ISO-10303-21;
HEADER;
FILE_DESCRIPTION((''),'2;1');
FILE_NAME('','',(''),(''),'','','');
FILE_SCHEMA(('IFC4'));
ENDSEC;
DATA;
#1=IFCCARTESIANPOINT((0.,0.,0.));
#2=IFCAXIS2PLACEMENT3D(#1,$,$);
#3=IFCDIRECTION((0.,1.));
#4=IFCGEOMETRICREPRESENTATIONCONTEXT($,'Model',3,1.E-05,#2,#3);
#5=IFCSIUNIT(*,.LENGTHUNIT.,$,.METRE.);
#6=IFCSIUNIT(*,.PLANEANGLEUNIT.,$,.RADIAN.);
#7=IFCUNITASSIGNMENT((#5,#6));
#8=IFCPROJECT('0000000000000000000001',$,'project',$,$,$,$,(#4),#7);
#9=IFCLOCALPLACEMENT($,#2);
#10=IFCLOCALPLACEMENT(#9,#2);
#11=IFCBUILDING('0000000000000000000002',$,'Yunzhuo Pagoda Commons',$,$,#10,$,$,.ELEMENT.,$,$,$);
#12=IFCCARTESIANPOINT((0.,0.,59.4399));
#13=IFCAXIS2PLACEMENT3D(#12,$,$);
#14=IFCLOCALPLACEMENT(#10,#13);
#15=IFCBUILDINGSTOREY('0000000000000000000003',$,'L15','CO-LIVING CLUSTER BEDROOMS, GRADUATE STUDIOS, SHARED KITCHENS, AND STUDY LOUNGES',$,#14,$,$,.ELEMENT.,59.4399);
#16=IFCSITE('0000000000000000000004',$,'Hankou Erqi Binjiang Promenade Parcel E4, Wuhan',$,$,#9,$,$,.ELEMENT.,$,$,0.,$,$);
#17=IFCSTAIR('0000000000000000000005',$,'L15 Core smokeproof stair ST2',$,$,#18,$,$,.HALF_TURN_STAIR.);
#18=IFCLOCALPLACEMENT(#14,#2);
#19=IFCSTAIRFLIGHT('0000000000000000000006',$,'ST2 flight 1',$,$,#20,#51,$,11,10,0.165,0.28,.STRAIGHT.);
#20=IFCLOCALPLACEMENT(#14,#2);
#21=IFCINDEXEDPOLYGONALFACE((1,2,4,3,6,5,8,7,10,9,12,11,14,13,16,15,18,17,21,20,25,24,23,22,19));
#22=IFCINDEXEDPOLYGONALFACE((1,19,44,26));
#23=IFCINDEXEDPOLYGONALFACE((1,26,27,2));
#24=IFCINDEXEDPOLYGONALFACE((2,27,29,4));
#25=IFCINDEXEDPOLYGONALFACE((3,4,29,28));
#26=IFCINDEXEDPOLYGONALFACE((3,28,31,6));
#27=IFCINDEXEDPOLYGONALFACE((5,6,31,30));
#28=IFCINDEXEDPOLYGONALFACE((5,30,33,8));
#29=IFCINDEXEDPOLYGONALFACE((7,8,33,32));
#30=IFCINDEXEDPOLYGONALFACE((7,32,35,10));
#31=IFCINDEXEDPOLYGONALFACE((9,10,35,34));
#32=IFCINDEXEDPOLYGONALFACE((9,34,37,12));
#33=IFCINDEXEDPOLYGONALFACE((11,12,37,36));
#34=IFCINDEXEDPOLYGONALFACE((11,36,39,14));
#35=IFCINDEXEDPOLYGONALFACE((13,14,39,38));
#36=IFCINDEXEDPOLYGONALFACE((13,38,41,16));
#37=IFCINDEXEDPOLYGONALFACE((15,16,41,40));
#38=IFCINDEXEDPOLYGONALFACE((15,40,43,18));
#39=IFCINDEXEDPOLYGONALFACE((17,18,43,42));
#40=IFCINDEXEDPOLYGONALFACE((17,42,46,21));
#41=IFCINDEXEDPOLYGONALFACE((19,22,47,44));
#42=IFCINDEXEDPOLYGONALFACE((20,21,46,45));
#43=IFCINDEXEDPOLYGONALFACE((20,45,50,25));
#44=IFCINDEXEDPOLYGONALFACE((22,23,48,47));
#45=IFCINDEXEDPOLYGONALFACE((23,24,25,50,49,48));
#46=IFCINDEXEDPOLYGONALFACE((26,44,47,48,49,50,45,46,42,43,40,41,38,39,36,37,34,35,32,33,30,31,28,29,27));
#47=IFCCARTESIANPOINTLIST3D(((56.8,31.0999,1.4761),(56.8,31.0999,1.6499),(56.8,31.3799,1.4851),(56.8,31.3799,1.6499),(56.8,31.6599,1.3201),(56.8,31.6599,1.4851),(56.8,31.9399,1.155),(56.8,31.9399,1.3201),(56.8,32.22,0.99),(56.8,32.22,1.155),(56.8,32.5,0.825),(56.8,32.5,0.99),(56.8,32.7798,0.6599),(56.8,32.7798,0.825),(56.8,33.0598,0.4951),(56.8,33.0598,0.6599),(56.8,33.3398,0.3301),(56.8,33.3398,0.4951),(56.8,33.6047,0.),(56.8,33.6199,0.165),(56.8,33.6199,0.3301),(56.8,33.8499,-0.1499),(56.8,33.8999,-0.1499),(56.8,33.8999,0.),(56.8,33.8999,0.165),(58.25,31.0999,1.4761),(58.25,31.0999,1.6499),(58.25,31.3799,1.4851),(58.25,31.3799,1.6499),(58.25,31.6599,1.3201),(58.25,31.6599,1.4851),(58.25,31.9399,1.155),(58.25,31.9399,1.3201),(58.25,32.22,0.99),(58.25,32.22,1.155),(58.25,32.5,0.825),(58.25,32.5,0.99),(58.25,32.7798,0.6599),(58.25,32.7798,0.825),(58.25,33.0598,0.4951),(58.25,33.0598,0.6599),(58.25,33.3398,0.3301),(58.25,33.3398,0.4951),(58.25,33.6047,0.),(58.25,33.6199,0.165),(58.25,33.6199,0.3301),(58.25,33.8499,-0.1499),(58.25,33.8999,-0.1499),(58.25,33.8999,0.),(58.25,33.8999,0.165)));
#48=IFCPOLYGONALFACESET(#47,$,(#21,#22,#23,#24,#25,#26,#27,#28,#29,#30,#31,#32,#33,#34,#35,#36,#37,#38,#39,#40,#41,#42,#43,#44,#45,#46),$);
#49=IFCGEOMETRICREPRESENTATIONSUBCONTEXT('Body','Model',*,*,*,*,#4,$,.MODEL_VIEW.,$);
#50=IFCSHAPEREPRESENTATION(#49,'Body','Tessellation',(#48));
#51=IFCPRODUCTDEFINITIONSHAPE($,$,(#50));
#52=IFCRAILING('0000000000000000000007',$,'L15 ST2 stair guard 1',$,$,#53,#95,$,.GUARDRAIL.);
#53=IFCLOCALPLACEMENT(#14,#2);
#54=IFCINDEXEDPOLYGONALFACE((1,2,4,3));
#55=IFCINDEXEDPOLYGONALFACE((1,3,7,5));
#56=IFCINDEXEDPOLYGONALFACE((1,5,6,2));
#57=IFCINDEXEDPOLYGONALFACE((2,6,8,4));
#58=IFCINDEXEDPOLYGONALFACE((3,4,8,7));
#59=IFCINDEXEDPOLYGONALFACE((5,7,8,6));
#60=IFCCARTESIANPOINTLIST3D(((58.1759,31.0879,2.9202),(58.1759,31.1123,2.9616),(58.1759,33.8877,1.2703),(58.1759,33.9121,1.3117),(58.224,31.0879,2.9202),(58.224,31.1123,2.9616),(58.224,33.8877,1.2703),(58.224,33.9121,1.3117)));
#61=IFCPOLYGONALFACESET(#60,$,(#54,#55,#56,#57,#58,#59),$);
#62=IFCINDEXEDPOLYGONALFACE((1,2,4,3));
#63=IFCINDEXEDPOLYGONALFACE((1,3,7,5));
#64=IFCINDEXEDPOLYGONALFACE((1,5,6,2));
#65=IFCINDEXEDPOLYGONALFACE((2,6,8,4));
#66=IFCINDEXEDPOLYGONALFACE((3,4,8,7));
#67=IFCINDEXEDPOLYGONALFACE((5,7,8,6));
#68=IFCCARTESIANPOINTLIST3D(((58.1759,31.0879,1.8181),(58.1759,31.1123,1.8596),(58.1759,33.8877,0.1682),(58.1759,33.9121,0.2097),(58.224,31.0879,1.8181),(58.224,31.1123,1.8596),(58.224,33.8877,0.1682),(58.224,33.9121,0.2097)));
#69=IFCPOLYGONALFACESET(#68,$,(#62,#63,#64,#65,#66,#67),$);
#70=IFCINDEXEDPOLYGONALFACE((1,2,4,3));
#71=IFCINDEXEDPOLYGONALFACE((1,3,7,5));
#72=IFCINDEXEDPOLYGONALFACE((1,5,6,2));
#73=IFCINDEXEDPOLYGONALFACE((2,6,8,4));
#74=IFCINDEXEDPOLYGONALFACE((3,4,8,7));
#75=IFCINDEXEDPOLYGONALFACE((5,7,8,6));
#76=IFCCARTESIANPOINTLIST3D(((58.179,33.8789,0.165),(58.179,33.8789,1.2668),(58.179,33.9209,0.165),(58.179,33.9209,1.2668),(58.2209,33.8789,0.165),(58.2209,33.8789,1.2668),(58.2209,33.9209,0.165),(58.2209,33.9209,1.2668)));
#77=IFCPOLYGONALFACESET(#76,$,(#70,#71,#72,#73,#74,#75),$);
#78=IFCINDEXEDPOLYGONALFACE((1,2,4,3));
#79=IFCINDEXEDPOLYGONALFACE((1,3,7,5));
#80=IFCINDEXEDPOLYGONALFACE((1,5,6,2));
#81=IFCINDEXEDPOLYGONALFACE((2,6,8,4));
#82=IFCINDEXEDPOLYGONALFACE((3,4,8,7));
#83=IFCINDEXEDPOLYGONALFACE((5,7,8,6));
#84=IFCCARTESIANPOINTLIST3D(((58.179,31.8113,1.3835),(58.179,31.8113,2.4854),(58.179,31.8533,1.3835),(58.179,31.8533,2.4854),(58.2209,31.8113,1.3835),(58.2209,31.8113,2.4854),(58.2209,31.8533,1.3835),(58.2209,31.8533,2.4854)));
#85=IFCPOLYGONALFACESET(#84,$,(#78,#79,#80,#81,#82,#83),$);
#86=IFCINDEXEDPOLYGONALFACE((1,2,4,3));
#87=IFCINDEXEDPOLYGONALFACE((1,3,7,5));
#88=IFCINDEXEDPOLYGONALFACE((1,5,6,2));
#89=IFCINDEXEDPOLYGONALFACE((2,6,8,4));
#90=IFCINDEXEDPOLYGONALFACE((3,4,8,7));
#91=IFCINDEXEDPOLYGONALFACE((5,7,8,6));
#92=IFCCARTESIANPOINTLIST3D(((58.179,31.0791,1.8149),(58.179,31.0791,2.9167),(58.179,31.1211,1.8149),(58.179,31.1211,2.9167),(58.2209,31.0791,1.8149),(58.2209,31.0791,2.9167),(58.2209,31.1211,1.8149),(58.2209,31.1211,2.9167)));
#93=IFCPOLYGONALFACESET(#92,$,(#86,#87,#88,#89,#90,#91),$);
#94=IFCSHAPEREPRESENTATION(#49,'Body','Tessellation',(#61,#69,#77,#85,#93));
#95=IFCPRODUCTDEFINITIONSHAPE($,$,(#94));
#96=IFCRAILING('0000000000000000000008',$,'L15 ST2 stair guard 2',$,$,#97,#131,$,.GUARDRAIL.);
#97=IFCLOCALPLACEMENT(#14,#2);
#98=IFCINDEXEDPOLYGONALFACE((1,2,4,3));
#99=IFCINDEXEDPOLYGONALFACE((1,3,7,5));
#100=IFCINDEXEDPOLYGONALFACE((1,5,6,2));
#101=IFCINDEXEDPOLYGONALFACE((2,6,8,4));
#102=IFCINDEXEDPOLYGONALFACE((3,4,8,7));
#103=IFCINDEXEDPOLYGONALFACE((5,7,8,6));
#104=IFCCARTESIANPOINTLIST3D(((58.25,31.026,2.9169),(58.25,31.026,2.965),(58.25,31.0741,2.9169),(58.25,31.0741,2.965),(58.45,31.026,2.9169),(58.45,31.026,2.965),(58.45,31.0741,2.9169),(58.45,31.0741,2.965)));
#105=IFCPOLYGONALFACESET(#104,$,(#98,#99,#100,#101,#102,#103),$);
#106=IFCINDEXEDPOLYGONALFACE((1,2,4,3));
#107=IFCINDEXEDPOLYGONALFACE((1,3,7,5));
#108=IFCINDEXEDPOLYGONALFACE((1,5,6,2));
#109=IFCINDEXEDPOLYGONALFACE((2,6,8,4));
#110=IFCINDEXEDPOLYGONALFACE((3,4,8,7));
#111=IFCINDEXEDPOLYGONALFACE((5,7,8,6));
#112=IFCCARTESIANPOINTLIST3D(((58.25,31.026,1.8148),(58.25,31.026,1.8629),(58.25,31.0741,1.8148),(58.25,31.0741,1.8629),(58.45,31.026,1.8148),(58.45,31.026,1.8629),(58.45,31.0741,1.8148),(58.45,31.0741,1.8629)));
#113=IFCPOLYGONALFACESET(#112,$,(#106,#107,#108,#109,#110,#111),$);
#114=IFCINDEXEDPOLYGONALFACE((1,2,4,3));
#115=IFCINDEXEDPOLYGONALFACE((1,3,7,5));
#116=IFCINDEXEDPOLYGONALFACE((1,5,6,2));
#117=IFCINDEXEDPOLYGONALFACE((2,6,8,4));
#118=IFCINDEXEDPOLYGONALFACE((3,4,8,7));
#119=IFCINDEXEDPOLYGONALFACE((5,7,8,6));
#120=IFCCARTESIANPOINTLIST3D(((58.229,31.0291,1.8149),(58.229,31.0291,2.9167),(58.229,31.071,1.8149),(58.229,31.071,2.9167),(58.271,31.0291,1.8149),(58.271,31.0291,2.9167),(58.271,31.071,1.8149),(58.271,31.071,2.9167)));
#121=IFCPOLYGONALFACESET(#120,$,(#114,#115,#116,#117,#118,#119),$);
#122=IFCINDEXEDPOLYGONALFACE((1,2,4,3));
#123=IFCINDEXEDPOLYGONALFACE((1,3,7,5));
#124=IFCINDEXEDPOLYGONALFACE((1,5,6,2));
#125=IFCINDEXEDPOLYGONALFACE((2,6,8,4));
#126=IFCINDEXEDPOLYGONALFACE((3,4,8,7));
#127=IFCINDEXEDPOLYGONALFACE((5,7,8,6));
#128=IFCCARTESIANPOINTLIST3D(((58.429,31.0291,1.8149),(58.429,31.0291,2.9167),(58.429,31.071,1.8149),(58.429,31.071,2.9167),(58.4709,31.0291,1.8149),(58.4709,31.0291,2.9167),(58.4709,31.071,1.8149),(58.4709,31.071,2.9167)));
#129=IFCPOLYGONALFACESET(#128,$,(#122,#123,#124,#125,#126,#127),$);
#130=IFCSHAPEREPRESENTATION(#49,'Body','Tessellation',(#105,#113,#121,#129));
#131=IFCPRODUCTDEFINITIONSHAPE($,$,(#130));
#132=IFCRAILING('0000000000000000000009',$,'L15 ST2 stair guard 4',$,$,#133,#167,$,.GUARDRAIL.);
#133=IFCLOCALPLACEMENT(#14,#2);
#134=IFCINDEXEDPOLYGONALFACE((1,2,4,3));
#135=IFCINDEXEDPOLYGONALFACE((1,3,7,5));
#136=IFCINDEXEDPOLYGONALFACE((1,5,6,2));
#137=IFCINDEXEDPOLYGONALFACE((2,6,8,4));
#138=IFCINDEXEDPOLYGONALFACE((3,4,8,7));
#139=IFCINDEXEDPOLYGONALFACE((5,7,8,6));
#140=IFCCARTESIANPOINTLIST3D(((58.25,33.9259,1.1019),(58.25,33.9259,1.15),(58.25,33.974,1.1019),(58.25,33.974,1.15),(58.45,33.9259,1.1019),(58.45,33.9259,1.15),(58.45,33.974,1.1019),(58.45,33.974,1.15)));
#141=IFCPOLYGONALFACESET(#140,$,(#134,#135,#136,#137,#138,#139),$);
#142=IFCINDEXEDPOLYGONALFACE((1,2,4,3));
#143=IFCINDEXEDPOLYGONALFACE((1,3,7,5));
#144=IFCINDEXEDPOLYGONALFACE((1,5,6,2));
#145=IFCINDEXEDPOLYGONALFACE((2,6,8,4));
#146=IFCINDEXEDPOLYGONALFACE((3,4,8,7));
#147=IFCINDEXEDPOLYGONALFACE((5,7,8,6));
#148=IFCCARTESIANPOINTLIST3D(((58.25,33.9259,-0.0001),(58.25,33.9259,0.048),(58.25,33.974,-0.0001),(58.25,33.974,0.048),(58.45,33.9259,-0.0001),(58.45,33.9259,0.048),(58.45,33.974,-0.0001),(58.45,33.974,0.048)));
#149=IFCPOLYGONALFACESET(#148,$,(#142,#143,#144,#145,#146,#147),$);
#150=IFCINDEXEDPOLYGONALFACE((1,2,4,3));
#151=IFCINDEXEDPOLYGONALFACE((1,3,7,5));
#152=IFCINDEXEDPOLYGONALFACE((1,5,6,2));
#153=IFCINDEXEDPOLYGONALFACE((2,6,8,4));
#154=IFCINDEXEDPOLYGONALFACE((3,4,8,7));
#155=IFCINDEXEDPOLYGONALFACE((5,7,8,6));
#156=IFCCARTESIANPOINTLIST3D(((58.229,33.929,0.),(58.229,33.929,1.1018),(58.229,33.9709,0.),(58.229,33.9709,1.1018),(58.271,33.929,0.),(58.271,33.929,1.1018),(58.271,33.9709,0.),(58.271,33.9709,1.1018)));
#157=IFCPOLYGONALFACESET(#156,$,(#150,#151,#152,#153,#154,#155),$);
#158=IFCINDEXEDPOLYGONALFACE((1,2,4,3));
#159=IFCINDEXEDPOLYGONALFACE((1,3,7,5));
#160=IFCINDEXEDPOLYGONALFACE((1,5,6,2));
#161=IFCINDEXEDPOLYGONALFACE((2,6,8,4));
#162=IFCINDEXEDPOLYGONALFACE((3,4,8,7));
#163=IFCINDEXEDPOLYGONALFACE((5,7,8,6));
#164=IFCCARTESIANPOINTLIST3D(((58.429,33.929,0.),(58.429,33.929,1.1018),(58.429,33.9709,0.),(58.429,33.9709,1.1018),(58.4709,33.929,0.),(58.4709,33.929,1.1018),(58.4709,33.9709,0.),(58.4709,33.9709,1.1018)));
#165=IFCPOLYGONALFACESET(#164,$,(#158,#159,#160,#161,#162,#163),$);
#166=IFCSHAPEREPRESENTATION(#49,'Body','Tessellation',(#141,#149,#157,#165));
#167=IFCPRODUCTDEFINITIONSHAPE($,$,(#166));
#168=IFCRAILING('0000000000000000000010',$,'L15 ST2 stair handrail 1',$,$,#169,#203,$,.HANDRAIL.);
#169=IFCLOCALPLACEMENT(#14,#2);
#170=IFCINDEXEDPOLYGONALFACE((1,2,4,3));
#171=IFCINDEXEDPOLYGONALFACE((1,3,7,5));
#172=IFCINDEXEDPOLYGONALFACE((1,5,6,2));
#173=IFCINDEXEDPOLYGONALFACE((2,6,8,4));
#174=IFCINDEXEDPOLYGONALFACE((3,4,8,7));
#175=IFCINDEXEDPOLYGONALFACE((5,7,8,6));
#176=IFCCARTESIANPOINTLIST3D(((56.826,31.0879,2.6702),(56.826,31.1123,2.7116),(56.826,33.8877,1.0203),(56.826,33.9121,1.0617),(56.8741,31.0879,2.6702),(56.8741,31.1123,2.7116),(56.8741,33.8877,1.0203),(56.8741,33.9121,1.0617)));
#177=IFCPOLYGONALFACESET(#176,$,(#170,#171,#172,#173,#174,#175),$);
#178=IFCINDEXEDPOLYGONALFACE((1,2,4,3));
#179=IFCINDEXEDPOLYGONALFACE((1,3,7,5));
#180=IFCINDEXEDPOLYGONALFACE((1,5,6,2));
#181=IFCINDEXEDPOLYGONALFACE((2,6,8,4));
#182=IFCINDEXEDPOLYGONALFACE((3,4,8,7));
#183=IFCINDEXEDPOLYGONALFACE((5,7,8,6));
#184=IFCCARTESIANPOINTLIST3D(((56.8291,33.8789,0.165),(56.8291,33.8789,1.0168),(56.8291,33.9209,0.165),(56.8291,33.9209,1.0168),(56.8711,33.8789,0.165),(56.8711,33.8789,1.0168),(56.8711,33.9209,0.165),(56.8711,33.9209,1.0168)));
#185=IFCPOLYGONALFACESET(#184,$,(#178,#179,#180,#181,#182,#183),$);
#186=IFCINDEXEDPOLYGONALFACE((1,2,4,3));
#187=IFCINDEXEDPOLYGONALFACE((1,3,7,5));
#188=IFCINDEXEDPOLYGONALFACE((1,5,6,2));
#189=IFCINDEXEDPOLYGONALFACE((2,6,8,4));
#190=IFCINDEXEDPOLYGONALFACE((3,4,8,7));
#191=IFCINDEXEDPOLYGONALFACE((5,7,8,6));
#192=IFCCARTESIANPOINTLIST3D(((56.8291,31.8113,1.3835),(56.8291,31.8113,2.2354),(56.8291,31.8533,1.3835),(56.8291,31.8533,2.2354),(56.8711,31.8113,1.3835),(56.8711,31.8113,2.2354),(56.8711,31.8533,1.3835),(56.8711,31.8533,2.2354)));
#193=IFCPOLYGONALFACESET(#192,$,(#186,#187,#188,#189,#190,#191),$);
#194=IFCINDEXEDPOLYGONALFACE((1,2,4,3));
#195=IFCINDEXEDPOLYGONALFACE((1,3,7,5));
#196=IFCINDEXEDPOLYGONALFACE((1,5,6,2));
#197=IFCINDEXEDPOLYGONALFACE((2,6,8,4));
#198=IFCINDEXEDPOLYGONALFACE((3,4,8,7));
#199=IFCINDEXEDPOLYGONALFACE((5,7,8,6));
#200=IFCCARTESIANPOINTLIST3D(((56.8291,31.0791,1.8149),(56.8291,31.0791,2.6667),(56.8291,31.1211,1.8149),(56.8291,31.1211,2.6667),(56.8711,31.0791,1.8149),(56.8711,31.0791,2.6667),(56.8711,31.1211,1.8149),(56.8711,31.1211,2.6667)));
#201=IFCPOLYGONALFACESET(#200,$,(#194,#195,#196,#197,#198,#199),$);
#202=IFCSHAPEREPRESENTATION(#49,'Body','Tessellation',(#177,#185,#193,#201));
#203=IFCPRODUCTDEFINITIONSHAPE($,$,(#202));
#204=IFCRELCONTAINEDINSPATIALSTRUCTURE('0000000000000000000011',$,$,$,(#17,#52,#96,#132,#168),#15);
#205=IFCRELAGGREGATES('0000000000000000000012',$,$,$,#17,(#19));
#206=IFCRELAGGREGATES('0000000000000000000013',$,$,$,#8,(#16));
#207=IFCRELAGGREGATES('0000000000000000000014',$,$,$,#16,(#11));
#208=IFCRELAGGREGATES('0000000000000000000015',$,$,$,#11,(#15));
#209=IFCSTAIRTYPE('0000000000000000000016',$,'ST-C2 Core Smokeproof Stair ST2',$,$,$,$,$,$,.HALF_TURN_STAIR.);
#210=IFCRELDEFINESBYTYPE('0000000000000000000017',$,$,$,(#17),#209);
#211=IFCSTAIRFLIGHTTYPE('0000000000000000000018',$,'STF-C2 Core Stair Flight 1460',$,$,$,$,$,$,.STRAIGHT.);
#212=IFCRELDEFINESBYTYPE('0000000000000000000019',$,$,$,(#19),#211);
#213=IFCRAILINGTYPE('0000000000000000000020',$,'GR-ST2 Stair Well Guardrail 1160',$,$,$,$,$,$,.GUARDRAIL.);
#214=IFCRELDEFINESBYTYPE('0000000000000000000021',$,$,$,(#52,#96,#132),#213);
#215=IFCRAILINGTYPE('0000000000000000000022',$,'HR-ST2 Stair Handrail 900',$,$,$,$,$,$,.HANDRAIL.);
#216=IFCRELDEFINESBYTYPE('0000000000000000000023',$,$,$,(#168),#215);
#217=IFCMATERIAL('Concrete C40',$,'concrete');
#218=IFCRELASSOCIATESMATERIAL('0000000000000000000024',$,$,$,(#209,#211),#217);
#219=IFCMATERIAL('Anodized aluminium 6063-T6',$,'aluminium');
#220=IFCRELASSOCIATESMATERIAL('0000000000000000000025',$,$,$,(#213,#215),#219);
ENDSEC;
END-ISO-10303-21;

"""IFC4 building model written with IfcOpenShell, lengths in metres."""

from ifc_helpers import new_model, si_unit, direction, frame, origin, origin_2d, place, context, subcontext, project, spatial, polyline, rectangle, outline, extrude, source, transform, mapped, material, type_object, element, aggregate, save


model = new_model("IFC4")

# Units and contexts
model_context = context("Model", 3, precision=1e-05, world=origin(), true_north=direction((0.0, 1.0)))
body_context = subcontext(model_context, "Body", "Model", "MODEL_VIEW")
ifc_project = project(units=[si_unit("LENGTHUNIT", "METRE"), si_unit("PLANEANGLEUNIT", "RADIAN")], contexts=[model_context])

# Site, building, storey
site_placement = place(None, origin())
site = spatial("IfcSite", under=ifc_project, at=site_placement, Name="Hankou Erqi Binjiang Promenade Parcel E4, Wuhan", CompositionType="ELEMENT", RefElevation=0.0)
building_placement = place(site_placement, origin())
building = spatial("IfcBuilding", under=site, at=building_placement, Name="Yunzhuo Pagoda Commons", CompositionType="ELEMENT")
storey_placement = place(building_placement, frame((0.0, 0.0, 59.4399)))
storey = spatial("IfcBuildingStorey", under=building, at=storey_placement, Name="L15", Description="CO-LIVING CLUSTER BEDROOMS, GRADUATE STUDIOS, SHARED KITCHENS, AND STUDY LOUNGES", CompositionType="ELEMENT", Elevation=59.4399)

# Shared definitions
ifc_material_1 = material(Name="Concrete C40", Category="concrete")

# Stair, stair flight
stair_type = type_object("IfcStairType", Name="ST-C2 Core Smokeproof Stair ST2", PredefinedType="HALF_TURN_STAIR", material=ifc_material_1)
stair_placement = place(storey_placement, origin())
stair = element("IfcStair", 1, at=stair_placement, inside=storey, type_object=stair_type, Name="L15 Core smokeproof stair ST2", PredefinedType="HALF_TURN_STAIR")
stair_flight_type = type_object("IfcStairFlightType", Name="STF-C2 Core Stair Flight 1460", PredefinedType="STRAIGHT", material=ifc_material_1)
shared_shape_1 = source(origin(), body_context, "Body", "SweptSolid", [
    extrude(outline(polyline([(0.0, -0.1499), (0.0, 0.0), (0.0, 0.165), (0.28, 0.165), (0.28, 0.3301), (0.5601, 0.3301), (0.5601, 0.4951), (0.8401, 0.4951), (0.8401, 0.6599), (1.1201, 0.6599), (1.1201, 0.825), (1.3999, 0.825), (1.3999, 0.99), (1.6799, 0.99), (1.6799, 1.155), (1.96, 1.155), (1.96, 1.3201), (2.24, 1.3201), (2.24, 1.4851), (2.52, 1.4851), (2.52, 1.6499), (2.8, 1.6499), (2.8, 1.8149), (2.8, 1.4761), (0.2952, 0.0), (0.05, -0.1499), (0.0, -0.1499)])), frame((0.0, 0.7251, 0.0), z_axis=(0.0, -1.0, 0.0), x_axis=(1.0, 0.0, 0.0)), (0.0, 0.0, 1.0), 1.45),
])
stair_flight_placement = place(storey_placement, frame((57.5249, 33.8999, 0.0), z_axis=(0.0, 0.0, 1.0), x_axis=(0.0, -1.0, 0.0)))
stair_flight = element("IfcStairFlight", 2, at=stair_flight_placement, type_object=stair_flight_type, Name="ST2 flight 1", NumberOfRisers=11, NumberOfTreads=10, PredefinedType="STRAIGHT", RiserHeight=0.165, TreadLength=0.28, context=body_context, shape_type="MappedRepresentation", body=[
    mapped(shared_shape_1, transform((0.0, 0.0, 0.0), scale=1.0)),
])
aggregate(stair, [stair_flight])

# Railings
ifc_material_2 = material(Name="Anodized aluminium 6063-T6", Category="aluminium")
railing_type_1 = type_object("IfcRailingType", Name="GR-ST2 Stair Well Guardrail 1160", PredefinedType="GUARDRAIL", material=ifc_material_2)
railing_1_placement = place(storey_placement, frame((58.2, 33.8999, 0.165)))
element("IfcRailing", 3, at=railing_1_placement, inside=storey, type_object=railing_type_1, Name="L15 ST2 stair guard 1", PredefinedType="GUARDRAIL", context=body_context, shape_type="SweptSolid", body=[
    extrude(rectangle(XDim=0.0481, YDim=0.0481, at=origin_2d()), frame((0.0, 0.0, 1.126), z_axis=(0.0, -0.861536, 0.507696), x_axis=(1.0, 0.0, 0.0)), (0.0, 0.0, 1.0), 3.2498),
    extrude(rectangle(XDim=0.0481, YDim=0.0481, at=origin_2d()), frame((0.0, 0.0, 0.0239), z_axis=(0.0, -0.861536, 0.507696), x_axis=(1.0, 0.0, 0.0)), (0.0, 0.0, 1.0), 3.2498),
    extrude(rectangle(XDim=0.042, YDim=0.042, at=origin_2d()), origin(), (0.0, 0.0, 1.0), 1.1018),
    extrude(rectangle(XDim=0.042, YDim=0.042, at=origin_2d()), frame((0.0, -2.0676, 1.2185)), (0.0, 0.0, 1.0), 1.1018),
    extrude(rectangle(XDim=0.042, YDim=0.042, at=origin_2d()), frame((0.0, -2.7998, 1.6499)), (0.0, 0.0, 1.0), 1.1018),
])
for number, where, name in (
    (4, (58.25, 31.05, 1.8149), "L15 ST2 stair guard 2"),
    (5, (58.25, 33.95, 0.0), "L15 ST2 stair guard 4"),
):
    element("IfcRailing", number, at=place(storey_placement, frame(where)), inside=storey, type_object=railing_type_1, Name=name, PredefinedType="GUARDRAIL", context=body_context, shape_type="SweptSolid", body=[
        extrude(rectangle(XDim=0.0481, YDim=0.0481, at=origin_2d()), frame((0.0, 0.0, 1.126), z_axis=(1.0, 0.0, 0.0), x_axis=(0.0, 1.0, 0.0)), (0.0, 0.0, 1.0), 0.2),
        extrude(rectangle(XDim=0.0481, YDim=0.0481, at=origin_2d()), frame((0.0, 0.0, 0.0239), z_axis=(1.0, 0.0, 0.0), x_axis=(0.0, 1.0, 0.0)), (0.0, 0.0, 1.0), 0.2),
        extrude(rectangle(XDim=0.042, YDim=0.042, at=origin_2d()), origin(), (0.0, 0.0, 1.0), 1.1018),
        extrude(rectangle(XDim=0.042, YDim=0.042, at=origin_2d()), frame((0.2, 0.0, 0.0)), (0.0, 0.0, 1.0), 1.1018),
    ])
railing_type_2 = type_object("IfcRailingType", Name="HR-ST2 Stair Handrail 900", PredefinedType="HANDRAIL", material=ifc_material_2)
railing_2_placement = place(storey_placement, frame((56.8501, 33.8999, 0.165)))
element("IfcRailing", 6, at=railing_2_placement, inside=storey, type_object=railing_type_2, Name="L15 ST2 stair handrail 1", PredefinedType="HANDRAIL", context=body_context, shape_type="SweptSolid", body=[
    extrude(rectangle(XDim=0.0481, YDim=0.0481, at=origin_2d()), frame((0.0, 0.0, 0.876), z_axis=(0.0, -0.861536, 0.507696), x_axis=(1.0, 0.0, 0.0)), (0.0, 0.0, 1.0), 3.2498),
    extrude(rectangle(XDim=0.042, YDim=0.042, at=origin_2d()), origin(), (0.0, 0.0, 1.0), 0.8518),
    extrude(rectangle(XDim=0.042, YDim=0.042, at=origin_2d()), frame((0.0, -2.0676, 1.2185)), (0.0, 0.0, 1.0), 0.8518),
    extrude(rectangle(XDim=0.042, YDim=0.042, at=origin_2d()), frame((0.0, -2.7998, 1.6499)), (0.0, 0.0, 1.0), 0.8518),
])

save(model, "model.ifc")
